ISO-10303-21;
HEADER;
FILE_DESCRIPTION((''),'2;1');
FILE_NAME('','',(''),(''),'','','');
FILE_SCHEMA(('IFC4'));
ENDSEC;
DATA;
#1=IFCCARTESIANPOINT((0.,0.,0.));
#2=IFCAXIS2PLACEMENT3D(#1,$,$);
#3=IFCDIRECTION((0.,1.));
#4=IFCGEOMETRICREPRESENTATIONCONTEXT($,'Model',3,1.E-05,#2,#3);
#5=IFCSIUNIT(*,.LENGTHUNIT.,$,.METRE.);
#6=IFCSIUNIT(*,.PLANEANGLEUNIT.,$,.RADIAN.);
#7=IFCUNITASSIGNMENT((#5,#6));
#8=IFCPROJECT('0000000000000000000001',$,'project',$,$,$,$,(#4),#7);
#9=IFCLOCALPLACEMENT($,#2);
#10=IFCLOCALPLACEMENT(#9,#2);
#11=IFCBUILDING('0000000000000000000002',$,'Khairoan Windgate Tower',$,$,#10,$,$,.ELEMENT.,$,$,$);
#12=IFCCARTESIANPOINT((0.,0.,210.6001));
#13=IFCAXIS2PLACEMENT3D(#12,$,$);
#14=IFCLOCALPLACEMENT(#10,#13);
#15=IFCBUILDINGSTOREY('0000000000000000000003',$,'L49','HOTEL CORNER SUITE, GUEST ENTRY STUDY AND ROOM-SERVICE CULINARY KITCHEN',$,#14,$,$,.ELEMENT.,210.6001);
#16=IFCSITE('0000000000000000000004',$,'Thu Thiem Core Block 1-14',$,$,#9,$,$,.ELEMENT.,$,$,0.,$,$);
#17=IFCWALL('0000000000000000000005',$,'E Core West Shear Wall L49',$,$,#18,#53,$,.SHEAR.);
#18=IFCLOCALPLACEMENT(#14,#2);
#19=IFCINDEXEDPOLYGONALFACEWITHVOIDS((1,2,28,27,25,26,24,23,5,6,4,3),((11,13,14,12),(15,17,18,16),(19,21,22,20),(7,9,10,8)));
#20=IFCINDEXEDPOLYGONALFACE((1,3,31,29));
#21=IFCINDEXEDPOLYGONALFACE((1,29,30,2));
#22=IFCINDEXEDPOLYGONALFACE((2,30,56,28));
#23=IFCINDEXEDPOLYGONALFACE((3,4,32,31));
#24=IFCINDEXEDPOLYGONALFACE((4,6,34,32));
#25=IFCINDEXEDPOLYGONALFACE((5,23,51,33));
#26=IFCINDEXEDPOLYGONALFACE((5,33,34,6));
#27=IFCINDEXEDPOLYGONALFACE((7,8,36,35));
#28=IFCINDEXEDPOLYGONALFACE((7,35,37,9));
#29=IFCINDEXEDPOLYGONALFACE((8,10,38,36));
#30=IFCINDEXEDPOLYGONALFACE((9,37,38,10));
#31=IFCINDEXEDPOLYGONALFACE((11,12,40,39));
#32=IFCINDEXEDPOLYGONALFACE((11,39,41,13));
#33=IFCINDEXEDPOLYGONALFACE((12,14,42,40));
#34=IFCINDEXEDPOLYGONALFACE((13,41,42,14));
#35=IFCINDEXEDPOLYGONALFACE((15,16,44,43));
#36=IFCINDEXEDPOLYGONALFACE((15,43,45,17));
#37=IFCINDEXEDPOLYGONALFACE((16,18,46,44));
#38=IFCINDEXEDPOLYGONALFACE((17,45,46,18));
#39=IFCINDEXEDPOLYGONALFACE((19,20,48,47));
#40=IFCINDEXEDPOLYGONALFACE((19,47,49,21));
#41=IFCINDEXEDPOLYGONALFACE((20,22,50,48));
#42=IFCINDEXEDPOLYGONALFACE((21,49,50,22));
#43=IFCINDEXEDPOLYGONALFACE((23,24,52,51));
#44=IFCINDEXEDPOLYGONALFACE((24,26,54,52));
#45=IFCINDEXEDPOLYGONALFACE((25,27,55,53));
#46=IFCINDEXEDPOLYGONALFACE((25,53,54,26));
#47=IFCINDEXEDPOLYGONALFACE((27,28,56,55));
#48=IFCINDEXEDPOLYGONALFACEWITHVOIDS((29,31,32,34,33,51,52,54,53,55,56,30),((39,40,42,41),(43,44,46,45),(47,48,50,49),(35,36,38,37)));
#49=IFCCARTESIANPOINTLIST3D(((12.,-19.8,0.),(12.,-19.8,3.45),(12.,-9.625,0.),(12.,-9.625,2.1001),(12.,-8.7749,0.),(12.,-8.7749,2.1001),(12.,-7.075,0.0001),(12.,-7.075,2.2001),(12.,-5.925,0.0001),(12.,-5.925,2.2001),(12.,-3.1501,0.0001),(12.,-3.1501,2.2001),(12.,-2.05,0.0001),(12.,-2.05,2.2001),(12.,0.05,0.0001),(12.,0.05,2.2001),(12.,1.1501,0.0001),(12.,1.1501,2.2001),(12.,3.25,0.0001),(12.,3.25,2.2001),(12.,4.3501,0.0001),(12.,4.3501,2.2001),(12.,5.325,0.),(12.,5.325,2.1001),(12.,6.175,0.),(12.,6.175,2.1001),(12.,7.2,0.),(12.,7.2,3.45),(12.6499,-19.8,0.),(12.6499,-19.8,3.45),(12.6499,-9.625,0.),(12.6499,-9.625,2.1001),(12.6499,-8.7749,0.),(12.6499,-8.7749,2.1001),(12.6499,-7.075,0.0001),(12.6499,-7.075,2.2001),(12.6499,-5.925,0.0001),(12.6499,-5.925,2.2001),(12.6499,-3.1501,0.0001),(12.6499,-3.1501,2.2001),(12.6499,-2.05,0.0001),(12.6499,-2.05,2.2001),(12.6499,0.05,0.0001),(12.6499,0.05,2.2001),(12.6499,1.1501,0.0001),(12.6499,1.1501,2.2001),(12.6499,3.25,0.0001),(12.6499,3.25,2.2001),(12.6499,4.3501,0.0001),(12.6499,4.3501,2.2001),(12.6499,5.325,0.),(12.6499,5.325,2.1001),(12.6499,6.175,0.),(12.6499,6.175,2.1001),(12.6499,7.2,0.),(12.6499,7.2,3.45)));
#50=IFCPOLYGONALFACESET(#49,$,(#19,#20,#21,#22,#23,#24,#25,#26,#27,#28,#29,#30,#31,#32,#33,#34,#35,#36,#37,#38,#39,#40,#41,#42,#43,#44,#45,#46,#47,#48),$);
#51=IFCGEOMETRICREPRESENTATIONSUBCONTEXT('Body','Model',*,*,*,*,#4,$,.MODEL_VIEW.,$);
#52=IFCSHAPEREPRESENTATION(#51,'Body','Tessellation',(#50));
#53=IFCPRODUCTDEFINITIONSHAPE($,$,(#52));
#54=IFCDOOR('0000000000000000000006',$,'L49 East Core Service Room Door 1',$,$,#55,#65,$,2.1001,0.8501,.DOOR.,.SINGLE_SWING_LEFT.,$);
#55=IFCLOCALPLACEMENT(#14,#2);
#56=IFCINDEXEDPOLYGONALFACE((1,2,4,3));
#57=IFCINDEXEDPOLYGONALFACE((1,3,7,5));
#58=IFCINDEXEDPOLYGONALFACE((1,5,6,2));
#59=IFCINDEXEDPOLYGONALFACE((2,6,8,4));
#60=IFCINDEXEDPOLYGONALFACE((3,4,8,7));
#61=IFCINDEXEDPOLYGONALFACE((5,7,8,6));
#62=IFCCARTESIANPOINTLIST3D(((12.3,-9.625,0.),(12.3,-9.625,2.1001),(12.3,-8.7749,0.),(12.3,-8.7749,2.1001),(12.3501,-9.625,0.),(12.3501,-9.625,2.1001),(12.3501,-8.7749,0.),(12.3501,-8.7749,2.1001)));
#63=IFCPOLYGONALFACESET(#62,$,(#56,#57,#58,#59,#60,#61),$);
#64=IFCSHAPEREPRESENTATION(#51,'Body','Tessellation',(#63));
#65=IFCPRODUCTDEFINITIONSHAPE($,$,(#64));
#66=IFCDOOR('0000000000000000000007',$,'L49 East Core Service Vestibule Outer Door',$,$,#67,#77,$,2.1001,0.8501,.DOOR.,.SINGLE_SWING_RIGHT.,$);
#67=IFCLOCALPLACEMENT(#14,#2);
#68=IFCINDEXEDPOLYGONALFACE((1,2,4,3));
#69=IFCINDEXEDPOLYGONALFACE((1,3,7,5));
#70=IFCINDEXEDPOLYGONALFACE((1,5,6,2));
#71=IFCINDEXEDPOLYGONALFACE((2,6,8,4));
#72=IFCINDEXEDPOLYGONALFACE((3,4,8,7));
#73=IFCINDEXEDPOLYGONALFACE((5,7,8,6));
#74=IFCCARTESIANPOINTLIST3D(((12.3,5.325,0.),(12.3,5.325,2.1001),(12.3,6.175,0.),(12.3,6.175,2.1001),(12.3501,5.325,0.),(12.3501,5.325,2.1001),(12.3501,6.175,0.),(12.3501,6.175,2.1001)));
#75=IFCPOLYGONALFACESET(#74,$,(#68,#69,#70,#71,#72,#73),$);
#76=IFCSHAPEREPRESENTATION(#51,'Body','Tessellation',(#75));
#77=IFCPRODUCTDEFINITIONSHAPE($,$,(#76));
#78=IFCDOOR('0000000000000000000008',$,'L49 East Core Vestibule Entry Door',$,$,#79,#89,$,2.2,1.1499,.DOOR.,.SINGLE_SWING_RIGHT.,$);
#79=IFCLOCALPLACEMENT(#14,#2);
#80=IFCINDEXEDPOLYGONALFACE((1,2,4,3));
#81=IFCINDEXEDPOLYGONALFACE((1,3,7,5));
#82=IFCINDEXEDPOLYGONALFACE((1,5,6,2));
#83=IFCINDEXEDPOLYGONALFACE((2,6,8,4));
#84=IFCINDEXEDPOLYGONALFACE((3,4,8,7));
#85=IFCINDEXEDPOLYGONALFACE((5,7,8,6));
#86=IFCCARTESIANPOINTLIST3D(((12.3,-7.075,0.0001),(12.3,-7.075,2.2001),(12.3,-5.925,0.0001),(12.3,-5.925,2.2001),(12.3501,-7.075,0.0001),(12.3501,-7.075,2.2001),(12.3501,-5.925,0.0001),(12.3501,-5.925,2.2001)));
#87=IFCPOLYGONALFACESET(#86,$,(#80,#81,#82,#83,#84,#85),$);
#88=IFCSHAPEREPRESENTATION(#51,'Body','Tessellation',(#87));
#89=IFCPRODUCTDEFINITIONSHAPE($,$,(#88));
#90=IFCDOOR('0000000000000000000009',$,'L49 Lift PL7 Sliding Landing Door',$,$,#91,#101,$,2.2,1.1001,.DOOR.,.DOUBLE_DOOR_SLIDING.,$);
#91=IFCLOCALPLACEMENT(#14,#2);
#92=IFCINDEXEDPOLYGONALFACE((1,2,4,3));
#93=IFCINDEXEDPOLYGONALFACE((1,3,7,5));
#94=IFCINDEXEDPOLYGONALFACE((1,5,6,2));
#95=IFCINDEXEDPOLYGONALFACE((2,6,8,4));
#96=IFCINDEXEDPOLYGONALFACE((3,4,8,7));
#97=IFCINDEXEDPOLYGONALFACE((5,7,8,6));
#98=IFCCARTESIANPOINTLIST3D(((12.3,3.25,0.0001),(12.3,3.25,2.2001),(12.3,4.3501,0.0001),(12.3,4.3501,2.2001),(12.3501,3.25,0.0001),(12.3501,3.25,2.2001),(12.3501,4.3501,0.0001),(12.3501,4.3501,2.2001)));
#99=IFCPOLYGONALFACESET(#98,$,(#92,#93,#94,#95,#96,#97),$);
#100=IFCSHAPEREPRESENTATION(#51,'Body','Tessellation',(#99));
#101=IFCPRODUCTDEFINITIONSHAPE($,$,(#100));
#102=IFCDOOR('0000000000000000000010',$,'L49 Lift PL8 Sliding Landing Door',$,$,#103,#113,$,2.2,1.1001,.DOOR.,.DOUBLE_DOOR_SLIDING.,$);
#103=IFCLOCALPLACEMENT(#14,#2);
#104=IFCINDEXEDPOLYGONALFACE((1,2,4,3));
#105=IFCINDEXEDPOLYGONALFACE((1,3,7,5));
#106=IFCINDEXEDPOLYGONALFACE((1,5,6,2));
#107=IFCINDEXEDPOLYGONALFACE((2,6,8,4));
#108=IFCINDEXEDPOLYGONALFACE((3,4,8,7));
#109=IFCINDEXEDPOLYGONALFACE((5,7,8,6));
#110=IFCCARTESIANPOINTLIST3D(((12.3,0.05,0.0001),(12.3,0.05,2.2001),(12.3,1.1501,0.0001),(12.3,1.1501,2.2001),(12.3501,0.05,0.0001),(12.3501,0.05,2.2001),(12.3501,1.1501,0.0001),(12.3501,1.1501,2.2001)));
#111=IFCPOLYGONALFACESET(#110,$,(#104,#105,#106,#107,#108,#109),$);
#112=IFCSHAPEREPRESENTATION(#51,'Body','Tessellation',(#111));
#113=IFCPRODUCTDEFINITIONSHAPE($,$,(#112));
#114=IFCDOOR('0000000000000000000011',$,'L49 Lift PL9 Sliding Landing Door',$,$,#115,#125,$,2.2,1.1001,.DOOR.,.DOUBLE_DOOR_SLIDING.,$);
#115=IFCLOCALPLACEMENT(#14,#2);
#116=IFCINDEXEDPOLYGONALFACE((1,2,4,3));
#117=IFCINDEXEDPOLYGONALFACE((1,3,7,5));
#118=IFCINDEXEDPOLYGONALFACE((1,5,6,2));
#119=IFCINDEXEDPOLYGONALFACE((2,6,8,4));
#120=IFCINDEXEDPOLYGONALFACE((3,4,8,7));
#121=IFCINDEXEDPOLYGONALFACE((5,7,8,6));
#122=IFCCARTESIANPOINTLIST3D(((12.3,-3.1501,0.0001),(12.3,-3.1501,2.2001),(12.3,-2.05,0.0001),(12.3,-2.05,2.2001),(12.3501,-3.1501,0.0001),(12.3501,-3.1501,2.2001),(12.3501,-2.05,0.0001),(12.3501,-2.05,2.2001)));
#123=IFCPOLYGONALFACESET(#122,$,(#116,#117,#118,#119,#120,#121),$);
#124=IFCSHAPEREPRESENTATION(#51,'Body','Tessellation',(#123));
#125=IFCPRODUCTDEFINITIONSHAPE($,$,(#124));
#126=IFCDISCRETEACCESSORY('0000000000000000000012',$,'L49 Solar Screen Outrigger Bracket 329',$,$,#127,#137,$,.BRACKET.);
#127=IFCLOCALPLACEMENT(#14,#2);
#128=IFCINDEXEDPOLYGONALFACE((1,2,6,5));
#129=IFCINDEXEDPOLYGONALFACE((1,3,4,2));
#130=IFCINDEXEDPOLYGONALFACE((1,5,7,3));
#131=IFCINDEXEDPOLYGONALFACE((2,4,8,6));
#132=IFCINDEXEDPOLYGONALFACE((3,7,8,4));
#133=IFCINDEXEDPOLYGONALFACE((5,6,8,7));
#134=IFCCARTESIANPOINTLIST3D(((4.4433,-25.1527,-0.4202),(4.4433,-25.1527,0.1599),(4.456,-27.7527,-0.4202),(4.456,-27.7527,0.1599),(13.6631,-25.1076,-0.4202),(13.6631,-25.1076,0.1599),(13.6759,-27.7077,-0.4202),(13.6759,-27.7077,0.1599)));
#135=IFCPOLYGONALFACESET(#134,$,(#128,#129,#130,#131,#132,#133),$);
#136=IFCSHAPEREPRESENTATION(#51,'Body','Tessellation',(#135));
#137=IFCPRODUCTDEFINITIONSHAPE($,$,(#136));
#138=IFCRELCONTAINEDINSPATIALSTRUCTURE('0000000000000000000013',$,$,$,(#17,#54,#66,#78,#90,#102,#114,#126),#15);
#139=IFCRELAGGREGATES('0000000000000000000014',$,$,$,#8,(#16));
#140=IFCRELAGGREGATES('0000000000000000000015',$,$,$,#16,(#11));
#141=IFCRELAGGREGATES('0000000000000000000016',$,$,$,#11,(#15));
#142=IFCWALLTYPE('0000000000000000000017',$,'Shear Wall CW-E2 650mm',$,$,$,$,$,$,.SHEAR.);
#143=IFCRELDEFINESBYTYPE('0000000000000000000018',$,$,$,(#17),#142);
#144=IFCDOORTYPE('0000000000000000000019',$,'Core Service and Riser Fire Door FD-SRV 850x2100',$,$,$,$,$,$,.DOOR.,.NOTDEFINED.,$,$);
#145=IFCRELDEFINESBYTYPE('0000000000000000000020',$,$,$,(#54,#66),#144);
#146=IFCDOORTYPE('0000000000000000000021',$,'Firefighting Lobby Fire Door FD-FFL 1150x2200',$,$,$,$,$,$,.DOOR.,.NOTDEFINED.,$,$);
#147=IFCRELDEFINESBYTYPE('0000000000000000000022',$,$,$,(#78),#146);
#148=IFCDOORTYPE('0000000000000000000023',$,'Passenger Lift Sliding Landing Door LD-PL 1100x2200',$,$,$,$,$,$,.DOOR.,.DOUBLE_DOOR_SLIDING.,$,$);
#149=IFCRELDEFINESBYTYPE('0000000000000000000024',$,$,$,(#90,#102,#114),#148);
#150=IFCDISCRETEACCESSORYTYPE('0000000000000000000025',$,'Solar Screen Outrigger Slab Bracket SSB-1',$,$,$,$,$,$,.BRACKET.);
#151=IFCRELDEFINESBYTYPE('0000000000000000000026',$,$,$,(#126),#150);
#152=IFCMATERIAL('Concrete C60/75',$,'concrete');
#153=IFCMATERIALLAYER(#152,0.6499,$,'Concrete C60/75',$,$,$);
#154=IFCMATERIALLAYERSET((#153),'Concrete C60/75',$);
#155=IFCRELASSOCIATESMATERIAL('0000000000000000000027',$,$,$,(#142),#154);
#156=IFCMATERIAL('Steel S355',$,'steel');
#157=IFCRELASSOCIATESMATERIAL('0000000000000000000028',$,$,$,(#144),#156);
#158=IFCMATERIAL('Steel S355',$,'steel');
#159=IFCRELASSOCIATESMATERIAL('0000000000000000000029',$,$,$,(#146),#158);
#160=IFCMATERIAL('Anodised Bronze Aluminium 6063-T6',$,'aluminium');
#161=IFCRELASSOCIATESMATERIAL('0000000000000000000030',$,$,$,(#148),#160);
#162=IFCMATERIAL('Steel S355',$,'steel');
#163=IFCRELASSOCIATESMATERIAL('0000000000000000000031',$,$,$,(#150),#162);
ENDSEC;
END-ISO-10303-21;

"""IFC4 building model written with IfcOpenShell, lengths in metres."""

from ifc_helpers import new_model, si_unit, direction, frame, frame_2d, origin, origin_2d, place, context, subcontext, project, spatial, rectangle, extrude, material, layer, layer_set, type_object, element, fill, save


model = new_model("IFC4")

# Units and contexts
model_context = context("Model", 3, precision=1e-05, world=origin(), true_north=direction((0.0, 1.0)))
body_context = subcontext(model_context, "Body", "Model", "MODEL_VIEW")
ifc_project = project(units=[si_unit("LENGTHUNIT", "METRE"), si_unit("PLANEANGLEUNIT", "RADIAN")], contexts=[model_context])

# Site, building, storey
site_placement = place(None, origin())
site = spatial("IfcSite", under=ifc_project, at=site_placement, Name="Thu Thiem Core Block 1-14", CompositionType="ELEMENT", RefElevation=0.0)
building_placement = place(site_placement, origin())
building = spatial("IfcBuilding", under=site, at=building_placement, Name="Khairoan Windgate Tower", CompositionType="ELEMENT")
storey_placement = place(building_placement, frame((0.0, 0.0, 210.6001)))
storey = spatial("IfcBuildingStorey", under=building, at=storey_placement, Name="L49", Description="HOTEL CORNER SUITE, GUEST ENTRY STUDY AND ROOM-SERVICE CULINARY KITCHEN", CompositionType="ELEMENT", Elevation=210.6001)

# Wall, openings, doors
ifc_material_1 = material(Name="Concrete C60/75", Category="concrete")
ifc_layer_1 = layer(ifc_material_1, 0.6499, Name="Concrete C60/75")
ifc_layer_set_1 = layer_set([ifc_layer_1], Name="Concrete C60/75")
wall_type_1 = type_object("IfcWallType", Name="Shear Wall CW-E2 650mm", PredefinedType="SHEAR", material=ifc_layer_set_1)
wall_1_placement = place(storey_placement, frame((12.325, -19.8, 0.0), z_axis=(0.0, 0.0, 1.0), x_axis=(0.0, 1.0, 0.0)))
wall_1 = element("IfcWall", 1, at=wall_1_placement, inside=storey, type_object=wall_type_1, Name="E Core West Shear Wall L49", PredefinedType="SHEAR", context=body_context, shape_type="SweptSolid", body=[
    extrude(rectangle(XDim=27.0, YDim=0.6499, at=frame_2d((13.5, 0.0))), origin(), (0.0, 0.0, 1.0), 3.45),
])
opening_1_placement = place(wall_1_placement, frame((23.05, 0.0, 0.0)))
opening_1 = element("IfcOpeningElement", 2, at=opening_1_placement, cuts=wall_1, PredefinedType="OPENING", context=body_context, shape_type="SweptSolid", body=[
    extrude(rectangle(XDim=1.1001, YDim=2.2, at=frame_2d((0.55, 1.1001))), frame((0.0, 0.335, 0.0), z_axis=(0.0, -1.0, 0.0), x_axis=(1.0, 0.0, 0.0)), (0.0, 0.0, 1.0), 0.6699),
])
opening_2_placement = place(wall_1_placement, frame((19.8501, 0.0, 0.0)))
opening_2 = element("IfcOpeningElement", 3, at=opening_2_placement, cuts=wall_1, PredefinedType="OPENING", context=body_context, shape_type="SweptSolid", body=[
    extrude(rectangle(XDim=1.1001, YDim=2.2, at=frame_2d((0.55, 1.1001))), frame((0.0, 0.335, 0.0), z_axis=(0.0, -1.0, 0.0), x_axis=(1.0, 0.0, 0.0)), (0.0, 0.0, 1.0), 0.6699),
])
opening_3_placement = place(wall_1_placement, frame((16.6499, 0.0, 0.0)))
opening_3 = element("IfcOpeningElement", 4, at=opening_3_placement, cuts=wall_1, PredefinedType="OPENING", context=body_context, shape_type="SweptSolid", body=[
    extrude(rectangle(XDim=1.1001, YDim=2.2, at=frame_2d((0.55, 1.1001))), frame((0.0, 0.335, 0.0), z_axis=(0.0, -1.0, 0.0), x_axis=(1.0, 0.0, 0.0)), (0.0, 0.0, 1.0), 0.6699),
])
opening_4_placement = place(wall_1_placement, frame((10.175, 0.0, 0.0)))
opening_4 = element("IfcOpeningElement", 5, at=opening_4_placement, cuts=wall_1, PredefinedType="OPENING", context=body_context, shape_type="SweptSolid", body=[
    extrude(rectangle(XDim=0.8501, YDim=2.1001, at=frame_2d((0.425, 1.05))), frame((0.0, 0.335, 0.0), z_axis=(0.0, -1.0, 0.0), x_axis=(1.0, 0.0, 0.0)), (0.0, 0.0, 1.0), 0.6699),
])
opening_5_placement = place(wall_1_placement, frame((12.7251, 0.0, 0.0)))
opening_5 = element("IfcOpeningElement", 6, at=opening_5_placement, cuts=wall_1, PredefinedType="OPENING", context=body_context, shape_type="SweptSolid", body=[
    extrude(rectangle(XDim=1.1499, YDim=2.2, at=frame_2d((0.575, 1.1001))), frame((0.0, 0.335, 0.0), z_axis=(0.0, -1.0, 0.0), x_axis=(1.0, 0.0, 0.0)), (0.0, 0.0, 1.0), 0.6699),
])
opening_6_placement = place(wall_1_placement, frame((25.125, 0.0, 0.0)))
opening_6 = element("IfcOpeningElement", 7, at=opening_6_placement, cuts=wall_1, PredefinedType="OPENING", context=body_context, shape_type="SweptSolid", body=[
    extrude(rectangle(XDim=0.8501, YDim=2.1001, at=frame_2d((0.425, 1.05))), frame((0.0, 0.335, 0.0), z_axis=(0.0, -1.0, 0.0), x_axis=(1.0, 0.0, 0.0)), (0.0, 0.0, 1.0), 0.6699),
])
ifc_material_2 = material(Name="Steel S355", Category="steel")
door_type_1 = type_object("IfcDoorType", Name="Core Service and Riser Fire Door FD-SRV 850x2100", OperationType="NOTDEFINED", PredefinedType="DOOR", material=ifc_material_2)
door_1_placement = place(opening_4_placement, origin())
door_1 = element("IfcDoor", 8, at=door_1_placement, inside=storey, type_object=door_type_1, Name="L49 East Core Service Room Door 1", OperationType="SINGLE_SWING_LEFT", OverallHeight=2.1001, OverallWidth=0.8501, PredefinedType="DOOR", context=body_context, shape_type="SweptSolid", body=[
    extrude(rectangle(XDim=0.8501, YDim=2.1001, at=frame_2d((0.425, 1.05))), frame((0.0, 0.0249, 0.0), z_axis=(0.0, -1.0, 0.0), x_axis=(1.0, 0.0, 0.0)), (0.0, 0.0, 1.0), 0.05),
])
fill(opening_4, door_1)
door_2_placement = place(opening_6_placement, origin())
door_2 = element("IfcDoor", 9, at=door_2_placement, inside=storey, type_object=door_type_1, Name="L49 East Core Service Vestibule Outer Door", OperationType="SINGLE_SWING_RIGHT", OverallHeight=2.1001, OverallWidth=0.8501, PredefinedType="DOOR", context=body_context, shape_type="SweptSolid", body=[
    extrude(rectangle(XDim=0.8501, YDim=2.1001, at=frame_2d((0.425, 1.05))), frame((0.0, 0.0249, 0.0), z_axis=(0.0, -1.0, 0.0), x_axis=(1.0, 0.0, 0.0)), (0.0, 0.0, 1.0), 0.05),
])
fill(opening_6, door_2)
ifc_material_3 = material(Name="Steel S355", Category="steel")
door_type_2 = type_object("IfcDoorType", Name="Firefighting Lobby Fire Door FD-FFL 1150x2200", OperationType="NOTDEFINED", PredefinedType="DOOR", material=ifc_material_3)
door_3_placement = place(opening_5_placement, origin())
door_3 = element("IfcDoor", 10, at=door_3_placement, inside=storey, type_object=door_type_2, Name="L49 East Core Vestibule Entry Door", OperationType="SINGLE_SWING_RIGHT", OverallHeight=2.2, OverallWidth=1.1499, PredefinedType="DOOR", context=body_context, shape_type="SweptSolid", body=[
    extrude(rectangle(XDim=1.1499, YDim=2.2, at=frame_2d((0.575, 1.1001))), frame((0.0, 0.0249, 0.0), z_axis=(0.0, -1.0, 0.0), x_axis=(1.0, 0.0, 0.0)), (0.0, 0.0, 1.0), 0.05),
])
fill(opening_5, door_3)
ifc_material_4 = material(Name="Anodised Bronze Aluminium 6063-T6", Category="aluminium")
door_type_3 = type_object("IfcDoorType", Name="Passenger Lift Sliding Landing Door LD-PL 1100x2200", OperationType="DOUBLE_DOOR_SLIDING", PredefinedType="DOOR", material=ifc_material_4)
door_4_placement = place(opening_1_placement, origin())
door_4 = element("IfcDoor", 11, at=door_4_placement, inside=storey, type_object=door_type_3, Name="L49 Lift PL7 Sliding Landing Door", OperationType="DOUBLE_DOOR_SLIDING", OverallHeight=2.2, OverallWidth=1.1001, PredefinedType="DOOR", context=body_context, shape_type="SweptSolid", body=[
    extrude(rectangle(XDim=1.1001, YDim=2.2, at=frame_2d((0.55, 1.1001))), frame((0.0, 0.0249, 0.0), z_axis=(0.0, -1.0, 0.0), x_axis=(1.0, 0.0, 0.0)), (0.0, 0.0, 1.0), 0.05),
])
fill(opening_1, door_4)
door_5_placement = place(opening_2_placement, origin())
door_5 = element("IfcDoor", 12, at=door_5_placement, inside=storey, type_object=door_type_3, Name="L49 Lift PL8 Sliding Landing Door", OperationType="DOUBLE_DOOR_SLIDING", OverallHeight=2.2, OverallWidth=1.1001, PredefinedType="DOOR", context=body_context, shape_type="SweptSolid", body=[
    extrude(rectangle(XDim=1.1001, YDim=2.2, at=frame_2d((0.55, 1.1001))), frame((0.0, 0.0249, 0.0), z_axis=(0.0, -1.0, 0.0), x_axis=(1.0, 0.0, 0.0)), (0.0, 0.0, 1.0), 0.05),
])
fill(opening_2, door_5)
door_6_placement = place(opening_3_placement, origin())
door_6 = element("IfcDoor", 13, at=door_6_placement, inside=storey, type_object=door_type_3, Name="L49 Lift PL9 Sliding Landing Door", OperationType="DOUBLE_DOOR_SLIDING", OverallHeight=2.2, OverallWidth=1.1001, PredefinedType="DOOR", context=body_context, shape_type="SweptSolid", body=[
    extrude(rectangle(XDim=1.1001, YDim=2.2, at=frame_2d((0.55, 1.1001))), frame((0.0, 0.0249, 0.0), z_axis=(0.0, -1.0, 0.0), x_axis=(1.0, 0.0, 0.0)), (0.0, 0.0, 1.0), 0.05),
])
fill(opening_3, door_6)

# Discrete accessory
ifc_material_5 = material(Name="Steel S355", Category="steel")
discrete_accessory_type = type_object("IfcDiscreteAccessoryType", Name="Solar Screen Outrigger Slab Bracket SSB-1", PredefinedType="BRACKET", material=ifc_material_5)
discrete_accessory_placement = place(storey_placement, frame((9.0596, -26.4302, -0.4202), z_axis=(0.0, 0.0, 1.0), x_axis=(-0.999988, -0.004887, 0.0)))
element("IfcDiscreteAccessory", 14, at=discrete_accessory_placement, inside=storey, type_object=discrete_accessory_type, Name="L49 Solar Screen Outrigger Bracket 329", PredefinedType="BRACKET", context=body_context, shape_type="SweptSolid", body=[
    extrude(rectangle(XDim=9.22, YDim=2.6001, at=origin_2d()), origin(), (0.0, 0.0, 1.0), 0.5801),
])

save(model, "model.ifc")
